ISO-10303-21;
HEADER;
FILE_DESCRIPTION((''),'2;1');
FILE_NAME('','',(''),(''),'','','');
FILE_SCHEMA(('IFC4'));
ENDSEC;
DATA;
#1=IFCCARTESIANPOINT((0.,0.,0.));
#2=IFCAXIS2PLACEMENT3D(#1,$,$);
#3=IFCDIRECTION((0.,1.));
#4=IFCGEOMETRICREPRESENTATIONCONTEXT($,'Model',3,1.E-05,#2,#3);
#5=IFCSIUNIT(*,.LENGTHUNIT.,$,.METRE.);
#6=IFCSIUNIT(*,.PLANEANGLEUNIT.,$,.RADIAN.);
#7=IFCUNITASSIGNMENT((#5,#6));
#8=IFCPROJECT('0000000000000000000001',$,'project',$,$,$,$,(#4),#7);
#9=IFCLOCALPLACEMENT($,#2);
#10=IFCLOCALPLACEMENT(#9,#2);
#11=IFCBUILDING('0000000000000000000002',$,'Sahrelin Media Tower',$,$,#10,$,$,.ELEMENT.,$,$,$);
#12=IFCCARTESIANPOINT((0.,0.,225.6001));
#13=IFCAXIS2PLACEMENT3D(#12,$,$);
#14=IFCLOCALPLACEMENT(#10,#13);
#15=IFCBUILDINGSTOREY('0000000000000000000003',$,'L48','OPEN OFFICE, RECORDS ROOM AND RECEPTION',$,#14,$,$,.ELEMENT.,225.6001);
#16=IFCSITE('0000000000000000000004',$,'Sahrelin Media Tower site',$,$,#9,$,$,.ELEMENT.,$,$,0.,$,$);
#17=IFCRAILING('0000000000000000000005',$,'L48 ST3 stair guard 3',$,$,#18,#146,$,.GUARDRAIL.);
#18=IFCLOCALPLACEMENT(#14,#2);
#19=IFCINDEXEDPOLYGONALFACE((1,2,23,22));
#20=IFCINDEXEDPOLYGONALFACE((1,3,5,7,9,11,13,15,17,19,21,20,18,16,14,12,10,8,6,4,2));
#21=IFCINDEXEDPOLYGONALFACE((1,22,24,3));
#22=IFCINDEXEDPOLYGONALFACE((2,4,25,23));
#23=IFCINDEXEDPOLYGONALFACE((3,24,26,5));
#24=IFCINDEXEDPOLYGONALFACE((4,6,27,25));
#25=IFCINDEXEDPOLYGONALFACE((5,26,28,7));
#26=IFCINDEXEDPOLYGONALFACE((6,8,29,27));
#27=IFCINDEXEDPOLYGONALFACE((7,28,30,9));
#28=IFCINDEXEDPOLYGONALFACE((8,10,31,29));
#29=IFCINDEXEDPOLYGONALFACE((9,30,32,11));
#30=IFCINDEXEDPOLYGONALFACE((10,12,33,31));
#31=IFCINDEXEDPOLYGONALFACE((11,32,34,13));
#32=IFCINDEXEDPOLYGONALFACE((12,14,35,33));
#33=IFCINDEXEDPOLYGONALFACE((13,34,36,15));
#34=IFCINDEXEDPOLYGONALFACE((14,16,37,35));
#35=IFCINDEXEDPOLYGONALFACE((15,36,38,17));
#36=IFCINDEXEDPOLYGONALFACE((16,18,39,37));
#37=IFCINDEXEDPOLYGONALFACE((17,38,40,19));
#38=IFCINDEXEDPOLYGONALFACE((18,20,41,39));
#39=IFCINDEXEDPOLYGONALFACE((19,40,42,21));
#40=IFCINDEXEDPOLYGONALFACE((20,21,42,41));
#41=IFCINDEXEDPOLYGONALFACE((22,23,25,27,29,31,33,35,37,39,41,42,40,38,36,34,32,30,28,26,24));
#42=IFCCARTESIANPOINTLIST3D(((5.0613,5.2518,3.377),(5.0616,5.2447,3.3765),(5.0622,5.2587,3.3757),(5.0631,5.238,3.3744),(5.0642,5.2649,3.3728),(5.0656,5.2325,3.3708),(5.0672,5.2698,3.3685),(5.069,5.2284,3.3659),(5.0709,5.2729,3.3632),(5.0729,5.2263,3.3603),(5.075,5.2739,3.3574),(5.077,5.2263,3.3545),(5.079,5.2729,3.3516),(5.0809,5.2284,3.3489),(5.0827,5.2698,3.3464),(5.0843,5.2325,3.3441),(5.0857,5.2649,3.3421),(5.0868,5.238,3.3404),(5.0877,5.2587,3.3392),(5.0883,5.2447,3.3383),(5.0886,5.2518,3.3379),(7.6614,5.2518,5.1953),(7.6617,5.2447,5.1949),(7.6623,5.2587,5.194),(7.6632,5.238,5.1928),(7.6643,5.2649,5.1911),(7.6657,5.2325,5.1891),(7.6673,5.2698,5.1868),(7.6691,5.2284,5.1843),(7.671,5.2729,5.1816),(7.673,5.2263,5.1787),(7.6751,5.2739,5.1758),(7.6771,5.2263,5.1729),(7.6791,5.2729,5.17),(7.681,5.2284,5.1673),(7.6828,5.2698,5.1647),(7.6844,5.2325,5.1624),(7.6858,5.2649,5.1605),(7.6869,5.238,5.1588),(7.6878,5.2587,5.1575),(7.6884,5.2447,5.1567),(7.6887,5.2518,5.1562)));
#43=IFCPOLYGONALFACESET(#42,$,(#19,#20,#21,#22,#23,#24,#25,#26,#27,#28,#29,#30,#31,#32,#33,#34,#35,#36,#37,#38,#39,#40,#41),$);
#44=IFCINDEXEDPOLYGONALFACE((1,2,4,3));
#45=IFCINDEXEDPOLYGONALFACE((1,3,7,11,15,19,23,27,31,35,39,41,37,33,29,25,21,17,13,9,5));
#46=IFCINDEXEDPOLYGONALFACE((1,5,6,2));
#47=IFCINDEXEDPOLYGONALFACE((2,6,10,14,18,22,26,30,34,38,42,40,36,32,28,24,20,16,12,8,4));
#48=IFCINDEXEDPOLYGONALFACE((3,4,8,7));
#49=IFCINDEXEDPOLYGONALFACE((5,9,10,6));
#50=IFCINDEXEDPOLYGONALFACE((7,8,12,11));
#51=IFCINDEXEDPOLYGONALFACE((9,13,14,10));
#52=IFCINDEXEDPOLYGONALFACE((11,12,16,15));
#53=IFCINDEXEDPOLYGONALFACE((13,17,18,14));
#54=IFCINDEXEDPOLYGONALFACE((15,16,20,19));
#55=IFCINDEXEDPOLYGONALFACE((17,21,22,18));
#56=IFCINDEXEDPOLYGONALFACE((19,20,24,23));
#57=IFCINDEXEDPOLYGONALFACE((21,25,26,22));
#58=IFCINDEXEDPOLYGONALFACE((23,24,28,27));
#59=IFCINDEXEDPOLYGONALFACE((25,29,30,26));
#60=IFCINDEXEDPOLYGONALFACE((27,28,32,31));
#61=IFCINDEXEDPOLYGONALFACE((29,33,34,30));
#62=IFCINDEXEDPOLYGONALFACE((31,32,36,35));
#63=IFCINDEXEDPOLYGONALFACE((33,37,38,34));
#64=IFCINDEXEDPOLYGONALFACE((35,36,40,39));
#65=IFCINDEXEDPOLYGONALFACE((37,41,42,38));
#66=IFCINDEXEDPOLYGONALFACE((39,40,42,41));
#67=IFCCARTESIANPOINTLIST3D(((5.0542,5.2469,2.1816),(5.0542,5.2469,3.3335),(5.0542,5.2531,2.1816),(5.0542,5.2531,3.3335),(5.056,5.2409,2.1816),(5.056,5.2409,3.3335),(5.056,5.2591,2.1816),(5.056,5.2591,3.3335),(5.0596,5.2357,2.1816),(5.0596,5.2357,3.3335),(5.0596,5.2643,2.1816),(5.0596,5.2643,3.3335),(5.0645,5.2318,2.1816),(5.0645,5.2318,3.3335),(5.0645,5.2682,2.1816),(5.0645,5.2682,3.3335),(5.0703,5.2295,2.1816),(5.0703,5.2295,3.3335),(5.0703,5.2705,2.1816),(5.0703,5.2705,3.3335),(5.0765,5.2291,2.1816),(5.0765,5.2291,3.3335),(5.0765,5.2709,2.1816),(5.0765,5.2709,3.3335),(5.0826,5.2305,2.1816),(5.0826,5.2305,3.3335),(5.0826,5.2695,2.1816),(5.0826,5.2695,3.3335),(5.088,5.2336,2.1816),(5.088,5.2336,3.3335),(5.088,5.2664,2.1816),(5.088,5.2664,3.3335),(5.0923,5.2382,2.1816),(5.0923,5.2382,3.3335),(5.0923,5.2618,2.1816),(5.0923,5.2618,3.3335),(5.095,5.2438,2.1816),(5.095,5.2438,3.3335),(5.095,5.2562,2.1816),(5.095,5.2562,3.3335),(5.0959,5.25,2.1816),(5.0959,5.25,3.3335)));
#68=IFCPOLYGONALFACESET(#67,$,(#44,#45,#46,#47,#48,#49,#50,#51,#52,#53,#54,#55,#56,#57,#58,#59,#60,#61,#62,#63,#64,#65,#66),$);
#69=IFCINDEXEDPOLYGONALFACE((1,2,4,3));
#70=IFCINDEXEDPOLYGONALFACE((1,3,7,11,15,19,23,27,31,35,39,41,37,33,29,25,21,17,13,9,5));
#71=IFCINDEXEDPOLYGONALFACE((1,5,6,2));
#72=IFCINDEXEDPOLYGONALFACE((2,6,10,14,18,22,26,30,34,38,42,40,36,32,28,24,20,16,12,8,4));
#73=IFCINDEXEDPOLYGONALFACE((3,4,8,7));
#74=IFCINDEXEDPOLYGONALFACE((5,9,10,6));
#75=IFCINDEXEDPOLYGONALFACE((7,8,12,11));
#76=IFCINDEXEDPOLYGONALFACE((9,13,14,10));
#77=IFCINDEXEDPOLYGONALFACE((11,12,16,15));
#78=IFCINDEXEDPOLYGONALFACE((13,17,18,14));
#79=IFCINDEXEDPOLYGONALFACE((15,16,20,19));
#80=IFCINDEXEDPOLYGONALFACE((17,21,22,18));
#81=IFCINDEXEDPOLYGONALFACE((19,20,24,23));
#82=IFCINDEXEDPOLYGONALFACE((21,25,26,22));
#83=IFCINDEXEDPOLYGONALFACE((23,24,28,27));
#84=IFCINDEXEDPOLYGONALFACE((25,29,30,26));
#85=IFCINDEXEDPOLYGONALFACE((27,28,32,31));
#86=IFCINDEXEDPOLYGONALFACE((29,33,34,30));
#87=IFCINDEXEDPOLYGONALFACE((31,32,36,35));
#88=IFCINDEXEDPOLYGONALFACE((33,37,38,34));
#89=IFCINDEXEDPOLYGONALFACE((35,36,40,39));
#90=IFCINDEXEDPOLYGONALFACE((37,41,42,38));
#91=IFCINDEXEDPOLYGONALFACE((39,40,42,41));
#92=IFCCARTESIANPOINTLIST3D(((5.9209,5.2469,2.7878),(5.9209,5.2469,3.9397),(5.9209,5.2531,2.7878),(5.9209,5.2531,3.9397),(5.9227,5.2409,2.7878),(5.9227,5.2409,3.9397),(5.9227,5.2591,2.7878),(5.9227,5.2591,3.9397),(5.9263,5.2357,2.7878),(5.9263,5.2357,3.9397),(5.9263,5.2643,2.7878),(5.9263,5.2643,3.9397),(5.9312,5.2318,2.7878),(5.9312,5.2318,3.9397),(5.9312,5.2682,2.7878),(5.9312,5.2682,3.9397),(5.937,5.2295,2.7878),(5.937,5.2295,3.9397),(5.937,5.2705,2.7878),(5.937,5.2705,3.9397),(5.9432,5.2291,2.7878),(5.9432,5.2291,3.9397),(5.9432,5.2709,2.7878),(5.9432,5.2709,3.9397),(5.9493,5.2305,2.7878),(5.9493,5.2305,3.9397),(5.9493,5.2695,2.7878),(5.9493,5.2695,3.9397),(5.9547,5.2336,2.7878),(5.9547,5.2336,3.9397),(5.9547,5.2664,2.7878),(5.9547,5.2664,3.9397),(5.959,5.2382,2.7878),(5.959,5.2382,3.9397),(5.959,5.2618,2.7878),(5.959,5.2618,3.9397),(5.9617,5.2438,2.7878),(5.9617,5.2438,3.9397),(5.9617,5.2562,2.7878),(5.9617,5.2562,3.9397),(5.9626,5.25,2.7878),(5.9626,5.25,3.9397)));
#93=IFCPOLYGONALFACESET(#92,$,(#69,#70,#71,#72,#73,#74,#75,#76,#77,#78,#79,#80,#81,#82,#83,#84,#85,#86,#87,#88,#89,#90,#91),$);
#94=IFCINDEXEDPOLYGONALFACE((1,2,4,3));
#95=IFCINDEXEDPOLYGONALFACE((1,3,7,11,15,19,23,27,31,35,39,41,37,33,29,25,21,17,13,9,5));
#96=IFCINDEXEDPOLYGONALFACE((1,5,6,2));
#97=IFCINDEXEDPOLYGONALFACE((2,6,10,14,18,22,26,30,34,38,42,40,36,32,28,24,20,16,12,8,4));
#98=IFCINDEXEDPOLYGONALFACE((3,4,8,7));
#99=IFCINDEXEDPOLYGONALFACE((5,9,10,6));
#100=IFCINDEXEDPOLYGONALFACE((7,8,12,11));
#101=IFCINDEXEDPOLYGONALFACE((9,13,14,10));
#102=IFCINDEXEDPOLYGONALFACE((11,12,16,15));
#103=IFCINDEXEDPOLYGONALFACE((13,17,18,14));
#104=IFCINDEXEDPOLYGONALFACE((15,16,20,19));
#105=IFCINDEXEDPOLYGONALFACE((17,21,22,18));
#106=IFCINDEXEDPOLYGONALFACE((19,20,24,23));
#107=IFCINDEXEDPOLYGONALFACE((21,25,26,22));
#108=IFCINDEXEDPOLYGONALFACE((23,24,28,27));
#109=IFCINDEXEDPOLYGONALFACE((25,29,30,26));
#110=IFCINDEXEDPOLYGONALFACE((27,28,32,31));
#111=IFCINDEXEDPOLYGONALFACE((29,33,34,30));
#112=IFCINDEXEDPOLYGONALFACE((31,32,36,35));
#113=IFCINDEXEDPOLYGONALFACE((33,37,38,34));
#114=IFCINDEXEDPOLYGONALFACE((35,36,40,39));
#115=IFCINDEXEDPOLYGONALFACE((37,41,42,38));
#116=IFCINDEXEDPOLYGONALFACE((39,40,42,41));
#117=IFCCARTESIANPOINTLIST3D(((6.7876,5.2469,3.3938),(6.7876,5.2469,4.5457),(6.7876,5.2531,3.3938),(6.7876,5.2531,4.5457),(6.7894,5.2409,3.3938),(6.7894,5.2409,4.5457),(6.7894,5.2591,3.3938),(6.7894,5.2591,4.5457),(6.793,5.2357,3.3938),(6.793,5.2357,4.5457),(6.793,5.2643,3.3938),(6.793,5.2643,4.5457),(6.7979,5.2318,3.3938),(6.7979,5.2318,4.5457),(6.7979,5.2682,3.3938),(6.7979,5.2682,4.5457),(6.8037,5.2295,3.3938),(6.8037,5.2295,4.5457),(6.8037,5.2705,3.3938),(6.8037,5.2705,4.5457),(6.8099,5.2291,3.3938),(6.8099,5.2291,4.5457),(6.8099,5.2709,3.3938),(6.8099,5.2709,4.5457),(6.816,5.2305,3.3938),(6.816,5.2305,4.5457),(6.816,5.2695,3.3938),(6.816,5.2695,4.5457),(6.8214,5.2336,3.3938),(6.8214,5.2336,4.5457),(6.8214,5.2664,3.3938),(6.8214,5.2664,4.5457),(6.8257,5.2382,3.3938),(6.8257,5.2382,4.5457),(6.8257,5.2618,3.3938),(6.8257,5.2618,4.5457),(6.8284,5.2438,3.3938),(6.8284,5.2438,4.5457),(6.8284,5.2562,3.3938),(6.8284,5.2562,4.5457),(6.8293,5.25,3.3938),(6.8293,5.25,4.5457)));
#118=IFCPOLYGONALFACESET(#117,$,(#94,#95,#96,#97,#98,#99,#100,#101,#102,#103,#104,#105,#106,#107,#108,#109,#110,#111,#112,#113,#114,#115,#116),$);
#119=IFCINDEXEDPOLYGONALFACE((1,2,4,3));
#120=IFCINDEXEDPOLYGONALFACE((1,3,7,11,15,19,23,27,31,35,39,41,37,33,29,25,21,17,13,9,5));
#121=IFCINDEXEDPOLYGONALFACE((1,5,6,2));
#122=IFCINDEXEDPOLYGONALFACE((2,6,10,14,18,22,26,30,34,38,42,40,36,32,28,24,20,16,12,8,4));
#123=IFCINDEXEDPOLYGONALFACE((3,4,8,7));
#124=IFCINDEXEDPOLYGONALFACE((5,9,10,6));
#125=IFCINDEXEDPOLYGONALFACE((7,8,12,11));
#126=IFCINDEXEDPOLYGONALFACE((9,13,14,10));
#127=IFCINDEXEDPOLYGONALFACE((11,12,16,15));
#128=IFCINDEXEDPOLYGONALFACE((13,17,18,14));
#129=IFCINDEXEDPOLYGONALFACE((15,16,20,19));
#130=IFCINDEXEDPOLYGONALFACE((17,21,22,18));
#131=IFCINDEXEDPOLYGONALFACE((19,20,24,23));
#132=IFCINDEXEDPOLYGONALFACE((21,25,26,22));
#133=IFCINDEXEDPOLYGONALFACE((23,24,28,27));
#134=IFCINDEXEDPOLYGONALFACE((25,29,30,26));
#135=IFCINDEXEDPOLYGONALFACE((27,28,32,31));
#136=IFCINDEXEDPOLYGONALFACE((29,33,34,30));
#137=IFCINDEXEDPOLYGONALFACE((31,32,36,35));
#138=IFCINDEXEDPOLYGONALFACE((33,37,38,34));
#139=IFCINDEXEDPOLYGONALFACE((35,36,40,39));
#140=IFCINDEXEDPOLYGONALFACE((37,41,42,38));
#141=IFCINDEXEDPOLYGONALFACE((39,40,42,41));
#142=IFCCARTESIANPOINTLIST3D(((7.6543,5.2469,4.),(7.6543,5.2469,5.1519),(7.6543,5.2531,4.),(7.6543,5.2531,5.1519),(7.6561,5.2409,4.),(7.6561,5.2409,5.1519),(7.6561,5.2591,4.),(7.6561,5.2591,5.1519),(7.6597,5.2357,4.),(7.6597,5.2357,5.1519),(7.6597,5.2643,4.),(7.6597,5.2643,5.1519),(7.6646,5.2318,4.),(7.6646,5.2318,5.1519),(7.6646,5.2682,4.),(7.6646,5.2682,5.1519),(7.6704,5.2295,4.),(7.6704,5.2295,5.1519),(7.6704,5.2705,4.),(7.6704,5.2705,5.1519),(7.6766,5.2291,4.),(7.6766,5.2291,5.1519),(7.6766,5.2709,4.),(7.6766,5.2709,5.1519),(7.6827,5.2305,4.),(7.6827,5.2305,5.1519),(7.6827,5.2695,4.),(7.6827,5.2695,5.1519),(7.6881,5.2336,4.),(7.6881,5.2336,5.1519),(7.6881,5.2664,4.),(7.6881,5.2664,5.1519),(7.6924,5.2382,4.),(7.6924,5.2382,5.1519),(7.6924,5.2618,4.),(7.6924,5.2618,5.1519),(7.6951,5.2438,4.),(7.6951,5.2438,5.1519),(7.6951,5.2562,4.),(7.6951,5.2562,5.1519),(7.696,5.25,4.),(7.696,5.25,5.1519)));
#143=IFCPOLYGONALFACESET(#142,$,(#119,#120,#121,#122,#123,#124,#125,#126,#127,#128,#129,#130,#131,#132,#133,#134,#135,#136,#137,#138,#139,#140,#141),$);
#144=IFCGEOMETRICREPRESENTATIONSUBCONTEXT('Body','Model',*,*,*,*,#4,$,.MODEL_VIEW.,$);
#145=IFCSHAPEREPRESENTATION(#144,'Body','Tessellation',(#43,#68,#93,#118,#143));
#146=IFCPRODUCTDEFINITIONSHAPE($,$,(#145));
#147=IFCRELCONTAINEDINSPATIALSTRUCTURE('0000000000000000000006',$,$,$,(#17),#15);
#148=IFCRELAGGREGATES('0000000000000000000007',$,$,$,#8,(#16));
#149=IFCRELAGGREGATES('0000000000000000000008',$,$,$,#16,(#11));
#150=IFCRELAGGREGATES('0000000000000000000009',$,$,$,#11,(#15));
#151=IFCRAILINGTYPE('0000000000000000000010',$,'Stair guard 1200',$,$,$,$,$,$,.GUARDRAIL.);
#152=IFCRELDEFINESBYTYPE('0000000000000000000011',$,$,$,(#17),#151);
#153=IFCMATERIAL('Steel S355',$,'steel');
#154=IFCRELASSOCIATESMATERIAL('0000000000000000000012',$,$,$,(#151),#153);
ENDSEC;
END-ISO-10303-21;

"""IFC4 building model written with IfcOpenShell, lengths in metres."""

from ifc_helpers import new_model, si_unit, direction, frame, origin, origin_2d, place, context, subcontext, project, spatial, circle, extrude, material, type_object, element, save


model = new_model("IFC4")

# Units and contexts
model_context = context("Model", 3, precision=1e-05, world=origin(), true_north=direction((0.0, 1.0)))
body_context = subcontext(model_context, "Body", "Model", "MODEL_VIEW")
ifc_project = project(units=[si_unit("LENGTHUNIT", "METRE"), si_unit("PLANEANGLEUNIT", "RADIAN")], contexts=[model_context])

# Site, building, storey
site_placement = place(None, origin())
site = spatial("IfcSite", under=ifc_project, at=site_placement, Name="Sahrelin Media Tower site", CompositionType="ELEMENT", RefElevation=0.0)
building_placement = place(site_placement, origin())
building = spatial("IfcBuilding", under=site, at=building_placement, Name="Sahrelin Media Tower", CompositionType="ELEMENT")
storey_placement = place(building_placement, frame((0.0, 0.0, 225.6001)))
storey = spatial("IfcBuildingStorey", under=building, at=storey_placement, Name="L48", Description="OPEN OFFICE, RECORDS ROOM AND RECEPTION", CompositionType="ELEMENT", Elevation=225.6001)

# Shared definitions
ifc_material_1 = material(Name="Steel S355", Category="steel")

# Railing
railing_type_1 = type_object("IfcRailingType", Name="Stair guard 1200", PredefinedType="GUARDRAIL", material=ifc_material_1)
railing_1_placement = place(storey_placement, frame((5.075, 5.25, 2.1816)))
element("IfcRailing", 1, at=railing_1_placement, inside=storey, type_object=railing_type_1, Name="L48 ST3 stair guard 3", PredefinedType="GUARDRAIL", context=body_context, shape_type="SweptSolid", body=[
    extrude(circle(Radius=0.0239, at=origin_2d()), frame((0.0, 0.0, 1.1758), z_axis=(0.819485, 0.0, 0.573101), x_axis=(0.0, 1.0, 0.0)), (0.0, 0.0, 1.0), 3.1729),
    extrude(circle(Radius=0.021, at=origin_2d()), origin(), (0.0, 0.0, 1.0), 1.1519),
    extrude(circle(Radius=0.021, at=origin_2d()), frame((0.8667, 0.0, 0.6062)), (0.0, 0.0, 1.0), 1.1519),
    extrude(circle(Radius=0.021, at=origin_2d()), frame((1.7334, 0.0, 1.2122)), (0.0, 0.0, 1.0), 1.1519),
    extrude(circle(Radius=0.021, at=origin_2d()), frame((2.6001, 0.0, 1.8184)), (0.0, 0.0, 1.0), 1.1519),
])

save(model, "model.ifc")
